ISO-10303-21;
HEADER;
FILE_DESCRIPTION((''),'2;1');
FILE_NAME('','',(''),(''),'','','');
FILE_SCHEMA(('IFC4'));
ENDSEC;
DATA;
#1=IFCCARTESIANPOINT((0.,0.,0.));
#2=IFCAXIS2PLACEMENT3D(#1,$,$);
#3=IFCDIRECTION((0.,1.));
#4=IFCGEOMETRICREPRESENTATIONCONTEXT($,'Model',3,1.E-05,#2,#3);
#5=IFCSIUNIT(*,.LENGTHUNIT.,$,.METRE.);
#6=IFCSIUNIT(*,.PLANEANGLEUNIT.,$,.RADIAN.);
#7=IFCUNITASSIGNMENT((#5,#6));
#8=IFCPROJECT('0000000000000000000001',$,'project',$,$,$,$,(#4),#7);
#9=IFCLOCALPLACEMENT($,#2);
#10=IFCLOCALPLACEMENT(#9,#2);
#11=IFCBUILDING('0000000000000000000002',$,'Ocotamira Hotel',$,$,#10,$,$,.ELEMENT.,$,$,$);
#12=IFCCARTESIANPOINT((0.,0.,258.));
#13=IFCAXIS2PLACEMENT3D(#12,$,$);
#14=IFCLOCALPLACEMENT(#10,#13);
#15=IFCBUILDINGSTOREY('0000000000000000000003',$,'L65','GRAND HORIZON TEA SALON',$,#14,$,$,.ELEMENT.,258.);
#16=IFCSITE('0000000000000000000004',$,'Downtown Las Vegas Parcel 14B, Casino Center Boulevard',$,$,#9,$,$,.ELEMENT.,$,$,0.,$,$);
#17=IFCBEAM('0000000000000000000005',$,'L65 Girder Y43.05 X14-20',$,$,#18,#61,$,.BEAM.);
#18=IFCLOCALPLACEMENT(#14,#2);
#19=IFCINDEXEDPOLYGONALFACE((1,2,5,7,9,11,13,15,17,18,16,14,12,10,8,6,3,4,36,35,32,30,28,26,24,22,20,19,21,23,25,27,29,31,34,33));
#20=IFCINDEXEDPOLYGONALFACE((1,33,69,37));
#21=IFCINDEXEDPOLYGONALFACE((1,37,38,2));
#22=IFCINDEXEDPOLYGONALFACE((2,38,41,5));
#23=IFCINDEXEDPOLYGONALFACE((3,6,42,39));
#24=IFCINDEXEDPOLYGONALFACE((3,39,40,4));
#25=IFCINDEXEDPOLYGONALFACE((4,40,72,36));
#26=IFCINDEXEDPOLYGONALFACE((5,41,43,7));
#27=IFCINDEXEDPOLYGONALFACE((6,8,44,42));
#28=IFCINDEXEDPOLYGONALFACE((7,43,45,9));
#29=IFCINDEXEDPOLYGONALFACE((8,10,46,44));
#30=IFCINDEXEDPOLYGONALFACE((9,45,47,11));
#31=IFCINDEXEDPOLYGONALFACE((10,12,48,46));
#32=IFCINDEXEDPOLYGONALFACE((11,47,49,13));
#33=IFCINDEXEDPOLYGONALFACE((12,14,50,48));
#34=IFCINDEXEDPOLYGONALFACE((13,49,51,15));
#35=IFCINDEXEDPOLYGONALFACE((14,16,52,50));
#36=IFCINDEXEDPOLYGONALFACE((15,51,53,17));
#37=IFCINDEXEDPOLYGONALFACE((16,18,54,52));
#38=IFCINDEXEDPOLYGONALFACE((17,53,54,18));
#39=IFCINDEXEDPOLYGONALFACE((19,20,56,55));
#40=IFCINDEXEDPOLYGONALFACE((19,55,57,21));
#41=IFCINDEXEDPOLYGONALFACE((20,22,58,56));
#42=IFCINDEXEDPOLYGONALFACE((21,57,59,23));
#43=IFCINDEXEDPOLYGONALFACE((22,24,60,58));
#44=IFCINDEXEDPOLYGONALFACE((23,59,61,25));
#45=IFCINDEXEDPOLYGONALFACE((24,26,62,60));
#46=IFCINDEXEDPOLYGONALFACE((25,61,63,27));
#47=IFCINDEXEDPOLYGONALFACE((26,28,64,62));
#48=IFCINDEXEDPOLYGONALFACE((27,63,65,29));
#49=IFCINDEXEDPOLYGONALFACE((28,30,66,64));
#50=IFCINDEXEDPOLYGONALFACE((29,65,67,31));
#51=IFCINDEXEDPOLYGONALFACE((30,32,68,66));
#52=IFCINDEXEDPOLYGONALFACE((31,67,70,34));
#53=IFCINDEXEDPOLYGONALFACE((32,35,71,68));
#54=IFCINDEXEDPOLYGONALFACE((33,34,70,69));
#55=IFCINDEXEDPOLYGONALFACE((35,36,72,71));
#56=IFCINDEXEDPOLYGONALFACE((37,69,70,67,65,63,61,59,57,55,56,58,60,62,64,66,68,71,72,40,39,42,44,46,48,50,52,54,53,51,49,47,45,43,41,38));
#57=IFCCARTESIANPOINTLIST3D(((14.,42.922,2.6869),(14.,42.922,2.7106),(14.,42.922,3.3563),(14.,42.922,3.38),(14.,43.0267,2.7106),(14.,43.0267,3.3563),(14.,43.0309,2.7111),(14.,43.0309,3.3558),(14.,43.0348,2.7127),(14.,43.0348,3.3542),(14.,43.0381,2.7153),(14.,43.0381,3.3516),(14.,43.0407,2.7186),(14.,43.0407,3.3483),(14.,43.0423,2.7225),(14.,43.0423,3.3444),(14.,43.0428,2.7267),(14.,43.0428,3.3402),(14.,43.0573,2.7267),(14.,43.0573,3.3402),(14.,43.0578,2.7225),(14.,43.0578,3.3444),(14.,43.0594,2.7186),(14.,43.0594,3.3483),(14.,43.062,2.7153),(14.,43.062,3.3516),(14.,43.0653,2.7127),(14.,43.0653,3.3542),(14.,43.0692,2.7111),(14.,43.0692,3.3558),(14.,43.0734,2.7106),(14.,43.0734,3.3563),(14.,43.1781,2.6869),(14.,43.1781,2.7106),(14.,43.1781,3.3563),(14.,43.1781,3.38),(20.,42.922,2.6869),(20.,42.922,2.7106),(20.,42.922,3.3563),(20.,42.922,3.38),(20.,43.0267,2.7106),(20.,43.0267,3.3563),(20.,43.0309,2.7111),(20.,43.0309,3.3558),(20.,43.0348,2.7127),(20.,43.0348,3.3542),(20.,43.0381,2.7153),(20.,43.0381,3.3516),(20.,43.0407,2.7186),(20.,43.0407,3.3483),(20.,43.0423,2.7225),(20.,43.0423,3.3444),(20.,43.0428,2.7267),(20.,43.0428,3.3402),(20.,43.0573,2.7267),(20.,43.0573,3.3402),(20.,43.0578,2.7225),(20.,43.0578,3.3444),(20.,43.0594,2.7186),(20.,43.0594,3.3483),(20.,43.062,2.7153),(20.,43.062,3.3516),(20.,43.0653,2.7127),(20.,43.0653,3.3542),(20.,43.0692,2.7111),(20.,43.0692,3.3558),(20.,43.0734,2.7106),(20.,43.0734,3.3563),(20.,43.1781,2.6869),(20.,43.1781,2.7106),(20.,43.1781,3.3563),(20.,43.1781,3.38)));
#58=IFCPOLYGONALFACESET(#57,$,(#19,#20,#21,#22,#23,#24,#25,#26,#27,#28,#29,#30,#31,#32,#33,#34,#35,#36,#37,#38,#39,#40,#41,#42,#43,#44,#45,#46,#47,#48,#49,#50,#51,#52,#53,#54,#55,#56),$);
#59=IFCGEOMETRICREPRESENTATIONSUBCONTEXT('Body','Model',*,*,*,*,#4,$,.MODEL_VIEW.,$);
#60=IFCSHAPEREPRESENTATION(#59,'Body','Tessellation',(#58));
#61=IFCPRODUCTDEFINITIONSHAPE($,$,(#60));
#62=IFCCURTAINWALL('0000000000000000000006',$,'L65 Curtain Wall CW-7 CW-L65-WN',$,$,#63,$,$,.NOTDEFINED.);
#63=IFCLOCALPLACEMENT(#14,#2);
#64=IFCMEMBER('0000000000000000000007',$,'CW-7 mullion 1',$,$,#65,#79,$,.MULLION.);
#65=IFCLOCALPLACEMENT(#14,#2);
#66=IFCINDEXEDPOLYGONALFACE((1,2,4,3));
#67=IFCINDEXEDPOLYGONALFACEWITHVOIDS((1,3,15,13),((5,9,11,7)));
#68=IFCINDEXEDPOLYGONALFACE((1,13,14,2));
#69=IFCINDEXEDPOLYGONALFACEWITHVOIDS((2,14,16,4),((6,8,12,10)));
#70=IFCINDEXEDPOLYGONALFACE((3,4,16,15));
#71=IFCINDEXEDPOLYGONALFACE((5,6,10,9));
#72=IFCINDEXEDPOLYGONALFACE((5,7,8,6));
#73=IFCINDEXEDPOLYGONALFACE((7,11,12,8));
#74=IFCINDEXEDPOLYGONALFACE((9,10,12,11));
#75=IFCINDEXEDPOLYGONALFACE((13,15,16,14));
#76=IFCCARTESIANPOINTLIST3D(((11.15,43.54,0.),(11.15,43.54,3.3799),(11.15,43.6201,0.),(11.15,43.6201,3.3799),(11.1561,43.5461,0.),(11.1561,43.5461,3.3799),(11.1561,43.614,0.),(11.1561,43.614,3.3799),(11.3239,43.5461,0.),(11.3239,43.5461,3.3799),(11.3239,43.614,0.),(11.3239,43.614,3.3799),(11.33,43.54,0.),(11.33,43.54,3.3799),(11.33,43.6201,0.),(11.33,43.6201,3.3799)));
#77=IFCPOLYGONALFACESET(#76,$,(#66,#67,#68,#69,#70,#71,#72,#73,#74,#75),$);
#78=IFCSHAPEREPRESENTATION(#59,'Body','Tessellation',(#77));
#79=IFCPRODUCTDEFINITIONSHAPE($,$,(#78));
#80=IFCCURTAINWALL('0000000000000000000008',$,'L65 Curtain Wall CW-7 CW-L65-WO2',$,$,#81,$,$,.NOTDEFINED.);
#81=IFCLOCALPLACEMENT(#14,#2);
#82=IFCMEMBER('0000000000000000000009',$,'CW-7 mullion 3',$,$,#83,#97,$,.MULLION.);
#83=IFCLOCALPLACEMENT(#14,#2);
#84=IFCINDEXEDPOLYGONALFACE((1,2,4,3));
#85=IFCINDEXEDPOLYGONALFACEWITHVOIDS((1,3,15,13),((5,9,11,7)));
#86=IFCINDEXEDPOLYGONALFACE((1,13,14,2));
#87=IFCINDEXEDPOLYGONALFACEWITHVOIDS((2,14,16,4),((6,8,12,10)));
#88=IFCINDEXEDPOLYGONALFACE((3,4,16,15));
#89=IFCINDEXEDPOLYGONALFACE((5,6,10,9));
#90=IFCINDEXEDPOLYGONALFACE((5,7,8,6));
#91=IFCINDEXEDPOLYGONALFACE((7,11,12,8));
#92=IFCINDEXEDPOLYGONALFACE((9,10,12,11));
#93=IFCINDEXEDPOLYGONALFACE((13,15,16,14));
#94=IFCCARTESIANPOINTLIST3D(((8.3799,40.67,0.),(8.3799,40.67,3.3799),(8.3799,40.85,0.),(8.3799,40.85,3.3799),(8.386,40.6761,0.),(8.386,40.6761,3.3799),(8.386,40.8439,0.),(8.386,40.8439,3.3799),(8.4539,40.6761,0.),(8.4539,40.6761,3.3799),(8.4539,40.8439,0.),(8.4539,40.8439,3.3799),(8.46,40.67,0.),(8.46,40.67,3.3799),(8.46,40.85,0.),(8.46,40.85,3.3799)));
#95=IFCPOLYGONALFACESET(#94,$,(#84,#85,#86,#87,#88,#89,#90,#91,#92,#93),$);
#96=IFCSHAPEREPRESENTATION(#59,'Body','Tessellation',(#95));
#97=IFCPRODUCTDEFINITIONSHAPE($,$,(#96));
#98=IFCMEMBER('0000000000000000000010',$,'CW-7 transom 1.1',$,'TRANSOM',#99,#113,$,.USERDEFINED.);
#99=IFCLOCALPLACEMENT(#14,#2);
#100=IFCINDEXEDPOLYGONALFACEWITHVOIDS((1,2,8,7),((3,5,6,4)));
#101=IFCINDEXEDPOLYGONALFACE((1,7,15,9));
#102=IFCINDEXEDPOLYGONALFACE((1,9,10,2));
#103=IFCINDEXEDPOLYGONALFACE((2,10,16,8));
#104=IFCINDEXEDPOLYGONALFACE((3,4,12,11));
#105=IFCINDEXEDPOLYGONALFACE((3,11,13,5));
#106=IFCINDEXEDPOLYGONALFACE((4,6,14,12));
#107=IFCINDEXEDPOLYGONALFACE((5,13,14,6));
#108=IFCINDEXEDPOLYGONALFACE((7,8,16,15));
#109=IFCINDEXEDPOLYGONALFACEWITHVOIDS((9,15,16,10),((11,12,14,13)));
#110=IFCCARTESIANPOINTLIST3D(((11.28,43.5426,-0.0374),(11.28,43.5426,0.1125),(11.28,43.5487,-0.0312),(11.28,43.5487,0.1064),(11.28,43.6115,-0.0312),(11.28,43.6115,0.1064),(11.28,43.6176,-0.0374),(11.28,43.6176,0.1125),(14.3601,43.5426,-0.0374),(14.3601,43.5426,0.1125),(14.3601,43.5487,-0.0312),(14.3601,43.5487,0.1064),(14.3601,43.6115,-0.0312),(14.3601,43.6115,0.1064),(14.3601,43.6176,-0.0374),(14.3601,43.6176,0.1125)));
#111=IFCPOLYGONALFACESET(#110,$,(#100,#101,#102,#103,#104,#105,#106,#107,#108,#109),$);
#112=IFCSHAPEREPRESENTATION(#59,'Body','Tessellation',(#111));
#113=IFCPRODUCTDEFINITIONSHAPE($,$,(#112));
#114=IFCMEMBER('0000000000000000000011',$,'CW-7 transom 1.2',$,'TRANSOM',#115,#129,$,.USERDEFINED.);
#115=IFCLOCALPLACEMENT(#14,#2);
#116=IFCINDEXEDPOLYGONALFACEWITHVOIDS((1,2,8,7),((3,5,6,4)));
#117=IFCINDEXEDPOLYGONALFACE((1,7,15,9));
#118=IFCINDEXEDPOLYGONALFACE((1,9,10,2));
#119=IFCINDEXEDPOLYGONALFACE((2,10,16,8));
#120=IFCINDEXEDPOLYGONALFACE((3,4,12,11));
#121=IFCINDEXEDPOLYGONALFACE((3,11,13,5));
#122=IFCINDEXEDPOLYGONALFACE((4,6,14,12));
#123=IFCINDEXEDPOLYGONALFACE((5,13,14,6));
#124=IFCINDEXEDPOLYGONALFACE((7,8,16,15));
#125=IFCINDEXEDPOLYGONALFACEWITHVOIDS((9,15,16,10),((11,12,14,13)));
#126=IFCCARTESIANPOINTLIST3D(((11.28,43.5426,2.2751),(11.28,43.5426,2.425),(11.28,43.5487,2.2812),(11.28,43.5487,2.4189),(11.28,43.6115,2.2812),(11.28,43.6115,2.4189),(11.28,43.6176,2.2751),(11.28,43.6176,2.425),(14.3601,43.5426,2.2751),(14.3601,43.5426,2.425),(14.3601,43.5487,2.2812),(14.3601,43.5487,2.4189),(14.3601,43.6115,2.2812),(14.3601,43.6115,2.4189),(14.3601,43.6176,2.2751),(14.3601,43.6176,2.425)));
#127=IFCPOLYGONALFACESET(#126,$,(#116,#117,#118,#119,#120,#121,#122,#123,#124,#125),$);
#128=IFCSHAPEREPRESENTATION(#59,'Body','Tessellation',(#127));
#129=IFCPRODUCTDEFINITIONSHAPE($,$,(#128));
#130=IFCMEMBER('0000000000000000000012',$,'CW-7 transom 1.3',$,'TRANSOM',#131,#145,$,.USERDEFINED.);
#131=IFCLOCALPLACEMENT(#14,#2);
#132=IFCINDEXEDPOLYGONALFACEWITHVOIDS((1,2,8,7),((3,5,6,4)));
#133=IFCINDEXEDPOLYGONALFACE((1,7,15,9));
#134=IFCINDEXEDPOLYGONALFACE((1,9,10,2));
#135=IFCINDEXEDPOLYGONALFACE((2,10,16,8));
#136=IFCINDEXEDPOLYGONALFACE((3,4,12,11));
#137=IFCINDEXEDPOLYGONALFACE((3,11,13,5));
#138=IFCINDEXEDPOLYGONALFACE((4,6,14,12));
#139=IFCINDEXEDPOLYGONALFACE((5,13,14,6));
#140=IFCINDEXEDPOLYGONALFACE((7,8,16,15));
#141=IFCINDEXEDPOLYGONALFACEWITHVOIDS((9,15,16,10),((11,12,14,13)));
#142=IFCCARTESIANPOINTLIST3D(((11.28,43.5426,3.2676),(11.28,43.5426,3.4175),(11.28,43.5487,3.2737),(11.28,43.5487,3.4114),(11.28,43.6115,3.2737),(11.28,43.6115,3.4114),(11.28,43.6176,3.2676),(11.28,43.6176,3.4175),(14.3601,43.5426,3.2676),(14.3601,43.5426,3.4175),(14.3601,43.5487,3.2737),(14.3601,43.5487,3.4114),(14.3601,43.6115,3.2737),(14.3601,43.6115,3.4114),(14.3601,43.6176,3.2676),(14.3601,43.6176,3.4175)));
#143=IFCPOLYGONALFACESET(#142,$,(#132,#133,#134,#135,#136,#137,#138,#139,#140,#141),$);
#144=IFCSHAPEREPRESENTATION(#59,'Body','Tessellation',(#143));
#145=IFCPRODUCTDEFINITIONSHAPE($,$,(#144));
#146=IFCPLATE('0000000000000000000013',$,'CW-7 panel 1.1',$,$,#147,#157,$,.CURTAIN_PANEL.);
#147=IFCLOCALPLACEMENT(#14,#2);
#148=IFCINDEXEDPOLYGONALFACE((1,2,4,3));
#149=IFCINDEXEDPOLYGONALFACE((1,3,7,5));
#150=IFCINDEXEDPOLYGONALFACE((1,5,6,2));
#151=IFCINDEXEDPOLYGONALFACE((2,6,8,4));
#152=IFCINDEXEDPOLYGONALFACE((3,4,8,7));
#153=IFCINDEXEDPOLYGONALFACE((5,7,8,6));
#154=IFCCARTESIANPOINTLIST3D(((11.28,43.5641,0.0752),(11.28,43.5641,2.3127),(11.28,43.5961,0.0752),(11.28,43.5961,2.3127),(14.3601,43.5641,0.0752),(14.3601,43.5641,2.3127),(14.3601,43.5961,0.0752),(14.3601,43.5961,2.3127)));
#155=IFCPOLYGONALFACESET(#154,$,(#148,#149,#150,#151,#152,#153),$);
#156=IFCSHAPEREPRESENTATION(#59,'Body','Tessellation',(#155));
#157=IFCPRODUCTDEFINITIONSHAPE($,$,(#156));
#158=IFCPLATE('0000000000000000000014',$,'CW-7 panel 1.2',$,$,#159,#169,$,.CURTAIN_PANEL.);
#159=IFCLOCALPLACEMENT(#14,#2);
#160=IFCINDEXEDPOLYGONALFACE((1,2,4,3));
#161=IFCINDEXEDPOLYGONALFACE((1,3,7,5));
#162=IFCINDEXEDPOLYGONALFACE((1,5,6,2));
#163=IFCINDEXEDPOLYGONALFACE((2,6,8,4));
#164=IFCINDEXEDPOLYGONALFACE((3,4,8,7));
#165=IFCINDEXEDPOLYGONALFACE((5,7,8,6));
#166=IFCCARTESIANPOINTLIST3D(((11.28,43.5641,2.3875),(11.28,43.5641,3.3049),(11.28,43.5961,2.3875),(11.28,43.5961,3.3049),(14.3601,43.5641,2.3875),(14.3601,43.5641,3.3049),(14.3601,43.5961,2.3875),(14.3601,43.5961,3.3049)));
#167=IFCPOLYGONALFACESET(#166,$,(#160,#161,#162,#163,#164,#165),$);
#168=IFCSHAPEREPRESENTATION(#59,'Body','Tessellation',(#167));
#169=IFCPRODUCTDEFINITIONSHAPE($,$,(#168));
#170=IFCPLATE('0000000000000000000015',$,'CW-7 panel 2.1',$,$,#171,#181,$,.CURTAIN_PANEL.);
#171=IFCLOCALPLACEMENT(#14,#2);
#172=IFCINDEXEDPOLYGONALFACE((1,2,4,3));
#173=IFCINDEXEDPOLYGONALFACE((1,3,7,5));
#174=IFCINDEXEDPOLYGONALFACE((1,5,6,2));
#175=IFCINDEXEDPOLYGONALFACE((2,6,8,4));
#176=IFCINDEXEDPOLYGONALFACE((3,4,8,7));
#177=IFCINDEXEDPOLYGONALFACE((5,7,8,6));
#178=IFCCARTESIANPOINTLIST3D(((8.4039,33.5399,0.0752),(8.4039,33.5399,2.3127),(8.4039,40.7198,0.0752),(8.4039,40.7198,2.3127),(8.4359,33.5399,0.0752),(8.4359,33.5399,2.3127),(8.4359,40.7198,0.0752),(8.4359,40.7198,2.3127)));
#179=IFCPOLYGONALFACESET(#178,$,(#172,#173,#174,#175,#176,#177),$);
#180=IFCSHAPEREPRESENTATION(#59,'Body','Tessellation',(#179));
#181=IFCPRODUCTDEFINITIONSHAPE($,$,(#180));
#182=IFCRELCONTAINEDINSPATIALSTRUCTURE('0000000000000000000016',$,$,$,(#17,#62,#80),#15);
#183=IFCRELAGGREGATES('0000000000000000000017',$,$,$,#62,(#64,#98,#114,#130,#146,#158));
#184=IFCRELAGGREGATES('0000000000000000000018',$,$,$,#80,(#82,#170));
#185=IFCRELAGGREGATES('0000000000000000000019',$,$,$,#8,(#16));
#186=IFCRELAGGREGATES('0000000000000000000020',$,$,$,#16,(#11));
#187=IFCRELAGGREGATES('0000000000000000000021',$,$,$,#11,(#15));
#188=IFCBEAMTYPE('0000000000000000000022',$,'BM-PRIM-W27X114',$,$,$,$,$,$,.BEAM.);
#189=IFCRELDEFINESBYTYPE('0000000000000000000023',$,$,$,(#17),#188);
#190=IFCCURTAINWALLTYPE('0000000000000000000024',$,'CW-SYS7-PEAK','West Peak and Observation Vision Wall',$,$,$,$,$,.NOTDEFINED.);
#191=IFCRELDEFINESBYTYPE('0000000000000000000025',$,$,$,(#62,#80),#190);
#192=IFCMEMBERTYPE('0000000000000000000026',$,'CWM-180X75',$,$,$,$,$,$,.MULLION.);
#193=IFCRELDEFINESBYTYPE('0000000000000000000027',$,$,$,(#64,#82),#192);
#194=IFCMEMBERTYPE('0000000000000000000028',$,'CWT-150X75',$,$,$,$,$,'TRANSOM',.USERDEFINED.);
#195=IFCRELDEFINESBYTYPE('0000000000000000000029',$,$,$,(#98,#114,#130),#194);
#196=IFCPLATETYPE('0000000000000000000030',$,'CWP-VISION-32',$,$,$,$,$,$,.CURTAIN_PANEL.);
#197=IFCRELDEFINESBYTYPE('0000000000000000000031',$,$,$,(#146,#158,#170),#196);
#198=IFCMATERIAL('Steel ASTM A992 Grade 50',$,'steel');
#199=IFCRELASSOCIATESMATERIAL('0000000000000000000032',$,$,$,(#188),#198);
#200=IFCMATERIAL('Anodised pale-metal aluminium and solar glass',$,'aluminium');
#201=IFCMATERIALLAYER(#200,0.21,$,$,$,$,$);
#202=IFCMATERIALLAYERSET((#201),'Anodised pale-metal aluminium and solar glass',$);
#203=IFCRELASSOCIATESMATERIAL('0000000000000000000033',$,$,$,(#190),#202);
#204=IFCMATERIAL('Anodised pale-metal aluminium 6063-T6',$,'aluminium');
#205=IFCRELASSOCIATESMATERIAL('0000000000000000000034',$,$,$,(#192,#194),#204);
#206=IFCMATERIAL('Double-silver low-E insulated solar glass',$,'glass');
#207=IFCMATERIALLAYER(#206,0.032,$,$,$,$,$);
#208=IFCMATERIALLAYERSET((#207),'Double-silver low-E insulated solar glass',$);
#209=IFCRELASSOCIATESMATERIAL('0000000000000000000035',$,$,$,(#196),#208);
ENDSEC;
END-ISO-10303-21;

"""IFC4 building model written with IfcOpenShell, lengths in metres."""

from ifc_helpers import new_model, si_unit, direction, frame, origin, origin_2d, place, context, subcontext, project, spatial, rectangle, hollow_rectangle, i_section, extrude, source, transform, mapped, material, layer, layer_set, material_profile, profile_set, type_object, element, aggregate, save


model = new_model("IFC4")

# Units and contexts
model_context = context("Model", 3, precision=1e-05, world=origin(), true_north=direction((0.0, 1.0)))
body_context = subcontext(model_context, "Body", "Model", "MODEL_VIEW")
ifc_project = project(units=[si_unit("LENGTHUNIT", "METRE"), si_unit("PLANEANGLEUNIT", "RADIAN")], contexts=[model_context])

# Site, building, storey
site_placement = place(None, origin())
site = spatial("IfcSite", under=ifc_project, at=site_placement, Name="Downtown Las Vegas Parcel 14B, Casino Center Boulevard", CompositionType="ELEMENT", RefElevation=0.0)
building_placement = place(site_placement, origin())
building = spatial("IfcBuilding", under=site, at=building_placement, Name="Ocotamira Hotel", CompositionType="ELEMENT")
storey_placement = place(building_placement, frame((0.0, 0.0, 258.0)))
storey = spatial("IfcBuildingStorey", under=building, at=storey_placement, Name="L65", Description="GRAND HORIZON TEA SALON", CompositionType="ELEMENT", Elevation=258.0)

# Shared definitions
ifc_material_1 = material(Name="Steel ASTM A992 Grade 50", Category="steel")

# Beam
ifc_material_profile_1 = material_profile(ifc_material_1, i_section(OverallWidth=0.2561, OverallDepth=0.6931, WebThickness=0.0144, FlangeThickness=0.0237, FilletRadius=0.0161, at=origin_2d()), Name="W27X114")
ifc_profile_set_1 = profile_set([ifc_material_profile_1], Name="Steel ASTM A992 Grade 50")
beam_type_1 = type_object("IfcBeamType", Name="BM-PRIM-W27X114", PredefinedType="BEAM", material=ifc_profile_set_1)
shared_shape_1 = source(origin(), body_context, "Body", "SweptSolid", [
    extrude(i_section(OverallWidth=0.2561, OverallDepth=0.6931, WebThickness=0.0144, FlangeThickness=0.0237, FilletRadius=0.0161, at=origin_2d()), origin(), (0.0, 0.0, 1.0), 6.0),
])
beam_1_placement = place(storey_placement, frame((14.0, 43.05, 3.0334), z_axis=(1.0, 0.0, 0.0), x_axis=(0.0, 1.0, 0.0)))
element("IfcBeam", 1, at=beam_1_placement, inside=storey, type_object=beam_type_1, Name="L65 Girder Y43.05 X14-20", PredefinedType="BEAM", context=body_context, shape_type="MappedRepresentation", body=[
    mapped(shared_shape_1, transform((0.0, 0.0, 0.0), scale=1.0)),
])

# Curtain walls, members
ifc_material_2 = material(Name="Anodised pale-metal aluminium and solar glass", Category="aluminium")
ifc_layer_1 = layer(ifc_material_2, 0.21)
ifc_layer_set_1 = layer_set([ifc_layer_1], Name="Anodised pale-metal aluminium and solar glass")
curtain_wall_type = type_object("IfcCurtainWallType", Name="CW-SYS7-PEAK", Description="West Peak and Observation Vision Wall", PredefinedType="NOTDEFINED", material=ifc_layer_set_1)
curtain_wall_1_placement = place(storey_placement, origin())
curtain_wall_1 = element("IfcCurtainWall", 2, at=curtain_wall_1_placement, inside=storey, type_object=curtain_wall_type, Name="L65 Curtain Wall CW-7 CW-L65-WN", PredefinedType="NOTDEFINED")
ifc_material_3 = material(Name="Anodised pale-metal aluminium 6063-T6", Category="aluminium")
ifc_material_profile_2 = material_profile(ifc_material_3, hollow_rectangle(XDim=0.0801, YDim=0.1799, WallThickness=0.0061, at=origin_2d()), Name="HSS180X80X6")
ifc_profile_set_2 = profile_set([ifc_material_profile_2], Name="Anodised pale-metal aluminium 6063-T6")
member_type_1 = type_object("IfcMemberType", Name="CWM-180X75", PredefinedType="MULLION", material=ifc_profile_set_2)
shared_shape_2 = source(origin(), body_context, "Body", "SweptSolid", [
    extrude(hollow_rectangle(XDim=0.0801, YDim=0.1799, WallThickness=0.0061, at=origin_2d()), origin(), (0.0, 0.0, 1.0), 3.3799),
])
member_1_placement = place(storey_placement, frame((11.24, 43.5801, 0.0), z_axis=(0.0, 0.0, 1.0), x_axis=(0.0, 1.0, 0.0)))
member_1 = element("IfcMember", 3, at=member_1_placement, type_object=member_type_1, Name="CW-7 mullion 1", PredefinedType="MULLION", context=body_context, shape_type="MappedRepresentation", body=[
    mapped(shared_shape_2, transform((0.0, 0.0, 0.0), scale=1.0)),
])
curtain_wall_2_placement = place(storey_placement, origin())
curtain_wall_2 = element("IfcCurtainWall", 4, at=curtain_wall_2_placement, inside=storey, type_object=curtain_wall_type, Name="L65 Curtain Wall CW-7 CW-L65-WO2", PredefinedType="NOTDEFINED")
member_2_placement = place(storey_placement, frame((8.4199, 40.76, 0.0), z_axis=(0.0, 0.0, 1.0), x_axis=(-1.0, 0.0, 0.0)))
member_2 = element("IfcMember", 5, at=member_2_placement, type_object=member_type_1, Name="CW-7 mullion 3", PredefinedType="MULLION", context=body_context, shape_type="MappedRepresentation", body=[
    mapped(shared_shape_2, transform((0.0, 0.0, 0.0), scale=1.0)),
])

# Members
ifc_material_profile_3 = material_profile(ifc_material_3, hollow_rectangle(XDim=0.075, YDim=0.1499, WallThickness=0.0061, at=origin_2d()), Name="HSS150X75X6")
ifc_profile_set_3 = profile_set([ifc_material_profile_3], Name="Anodised pale-metal aluminium 6063-T6")
member_type_2 = type_object("IfcMemberType", Name="CWT-150X75", ElementType="TRANSOM", PredefinedType="USERDEFINED", material=ifc_profile_set_3)
shared_shape_3 = source(origin(), body_context, "Body", "SweptSolid", [
    extrude(hollow_rectangle(XDim=0.075, YDim=0.1499, WallThickness=0.0061, at=origin_2d()), origin(), (0.0, 0.0, 1.0), 3.0801),
])
member_3_placement = place(storey_placement, frame((11.28, 43.5801, 0.0376), z_axis=(1.0, 0.0, 0.0), x_axis=(0.0, 1.0, 0.0)))
member_3 = element("IfcMember", 6, at=member_3_placement, type_object=member_type_2, Name="CW-7 transom 1.1", ObjectType="TRANSOM", PredefinedType="USERDEFINED", context=body_context, shape_type="MappedRepresentation", body=[
    mapped(shared_shape_3, transform((0.0, 0.0, 0.0), scale=1.0)),
])
member_4_placement = place(storey_placement, frame((11.28, 43.5801, 2.3501), z_axis=(1.0, 0.0, 0.0), x_axis=(0.0, 1.0, 0.0)))
member_4 = element("IfcMember", 7, at=member_4_placement, type_object=member_type_2, Name="CW-7 transom 1.2", ObjectType="TRANSOM", PredefinedType="USERDEFINED", context=body_context, shape_type="MappedRepresentation", body=[
    mapped(shared_shape_3, transform((0.0, 0.0, 0.0), scale=1.0)),
])
member_5_placement = place(storey_placement, frame((11.28, 43.5801, 3.3425), z_axis=(1.0, 0.0, 0.0), x_axis=(0.0, 1.0, 0.0)))
member_5 = element("IfcMember", 8, at=member_5_placement, type_object=member_type_2, Name="CW-7 transom 1.3", ObjectType="TRANSOM", PredefinedType="USERDEFINED", context=body_context, shape_type="MappedRepresentation", body=[
    mapped(shared_shape_3, transform((0.0, 0.0, 0.0), scale=1.0)),
])

# Plates
ifc_material_4 = material(Name="Double-silver low-E insulated solar glass", Category="glass")
ifc_layer_2 = layer(ifc_material_4, 0.032)
ifc_layer_set_2 = layer_set([ifc_layer_2], Name="Double-silver low-E insulated solar glass")
plate_type = type_object("IfcPlateType", Name="CWP-VISION-32", PredefinedType="CURTAIN_PANEL", material=ifc_layer_set_2)
shared_shape_4 = source(origin(), body_context, "Body", "SweptSolid", [
    extrude(rectangle(XDim=3.0801, YDim=0.032, at=origin_2d()), origin(), (0.0, 0.0, 1.0), 2.2375),
])
plate_1_placement = place(storey_placement, frame((12.8201, 43.5801, 0.0752), z_axis=(0.0, 0.0, 1.0), x_axis=(1.0, 0.0, 0.0)))
plate_1 = element("IfcPlate", 9, at=plate_1_placement, type_object=plate_type, Name="CW-7 panel 1.1", PredefinedType="CURTAIN_PANEL", context=body_context, shape_type="MappedRepresentation", body=[
    mapped(shared_shape_4, transform((0.0, 0.0, 0.0), scale=1.0)),
])
shared_shape_5 = source(origin(), body_context, "Body", "SweptSolid", [
    extrude(rectangle(XDim=3.0801, YDim=0.032, at=origin_2d()), origin(), (0.0, 0.0, 1.0), 0.9175),
])
plate_2_placement = place(storey_placement, frame((12.8201, 43.5801, 2.3875), z_axis=(0.0, 0.0, 1.0), x_axis=(1.0, 0.0, 0.0)))
plate_2 = element("IfcPlate", 10, at=plate_2_placement, type_object=plate_type, Name="CW-7 panel 1.2", PredefinedType="CURTAIN_PANEL", context=body_context, shape_type="MappedRepresentation", body=[
    mapped(shared_shape_5, transform((0.0, 0.0, 0.0), scale=1.0)),
])
aggregate(curtain_wall_1, [member_1, member_3, member_4, member_5, plate_1, plate_2])
shared_shape_6 = source(origin(), body_context, "Body", "SweptSolid", [
    extrude(rectangle(XDim=7.1799, YDim=0.032, at=origin_2d()), origin(), (0.0, 0.0, 1.0), 2.2375),
])
plate_3_placement = place(storey_placement, frame((8.4199, 37.1299, 0.0752), z_axis=(0.0, 0.0, 1.0), x_axis=(0.0, 1.0, 0.0)))
plate_3 = element("IfcPlate", 11, at=plate_3_placement, type_object=plate_type, Name="CW-7 panel 2.1", PredefinedType="CURTAIN_PANEL", context=body_context, shape_type="MappedRepresentation", body=[
    mapped(shared_shape_6, transform((0.0, 0.0, 0.0), scale=1.0)),
])
aggregate(curtain_wall_2, [member_2, plate_3])

save(model, "model.ifc")
